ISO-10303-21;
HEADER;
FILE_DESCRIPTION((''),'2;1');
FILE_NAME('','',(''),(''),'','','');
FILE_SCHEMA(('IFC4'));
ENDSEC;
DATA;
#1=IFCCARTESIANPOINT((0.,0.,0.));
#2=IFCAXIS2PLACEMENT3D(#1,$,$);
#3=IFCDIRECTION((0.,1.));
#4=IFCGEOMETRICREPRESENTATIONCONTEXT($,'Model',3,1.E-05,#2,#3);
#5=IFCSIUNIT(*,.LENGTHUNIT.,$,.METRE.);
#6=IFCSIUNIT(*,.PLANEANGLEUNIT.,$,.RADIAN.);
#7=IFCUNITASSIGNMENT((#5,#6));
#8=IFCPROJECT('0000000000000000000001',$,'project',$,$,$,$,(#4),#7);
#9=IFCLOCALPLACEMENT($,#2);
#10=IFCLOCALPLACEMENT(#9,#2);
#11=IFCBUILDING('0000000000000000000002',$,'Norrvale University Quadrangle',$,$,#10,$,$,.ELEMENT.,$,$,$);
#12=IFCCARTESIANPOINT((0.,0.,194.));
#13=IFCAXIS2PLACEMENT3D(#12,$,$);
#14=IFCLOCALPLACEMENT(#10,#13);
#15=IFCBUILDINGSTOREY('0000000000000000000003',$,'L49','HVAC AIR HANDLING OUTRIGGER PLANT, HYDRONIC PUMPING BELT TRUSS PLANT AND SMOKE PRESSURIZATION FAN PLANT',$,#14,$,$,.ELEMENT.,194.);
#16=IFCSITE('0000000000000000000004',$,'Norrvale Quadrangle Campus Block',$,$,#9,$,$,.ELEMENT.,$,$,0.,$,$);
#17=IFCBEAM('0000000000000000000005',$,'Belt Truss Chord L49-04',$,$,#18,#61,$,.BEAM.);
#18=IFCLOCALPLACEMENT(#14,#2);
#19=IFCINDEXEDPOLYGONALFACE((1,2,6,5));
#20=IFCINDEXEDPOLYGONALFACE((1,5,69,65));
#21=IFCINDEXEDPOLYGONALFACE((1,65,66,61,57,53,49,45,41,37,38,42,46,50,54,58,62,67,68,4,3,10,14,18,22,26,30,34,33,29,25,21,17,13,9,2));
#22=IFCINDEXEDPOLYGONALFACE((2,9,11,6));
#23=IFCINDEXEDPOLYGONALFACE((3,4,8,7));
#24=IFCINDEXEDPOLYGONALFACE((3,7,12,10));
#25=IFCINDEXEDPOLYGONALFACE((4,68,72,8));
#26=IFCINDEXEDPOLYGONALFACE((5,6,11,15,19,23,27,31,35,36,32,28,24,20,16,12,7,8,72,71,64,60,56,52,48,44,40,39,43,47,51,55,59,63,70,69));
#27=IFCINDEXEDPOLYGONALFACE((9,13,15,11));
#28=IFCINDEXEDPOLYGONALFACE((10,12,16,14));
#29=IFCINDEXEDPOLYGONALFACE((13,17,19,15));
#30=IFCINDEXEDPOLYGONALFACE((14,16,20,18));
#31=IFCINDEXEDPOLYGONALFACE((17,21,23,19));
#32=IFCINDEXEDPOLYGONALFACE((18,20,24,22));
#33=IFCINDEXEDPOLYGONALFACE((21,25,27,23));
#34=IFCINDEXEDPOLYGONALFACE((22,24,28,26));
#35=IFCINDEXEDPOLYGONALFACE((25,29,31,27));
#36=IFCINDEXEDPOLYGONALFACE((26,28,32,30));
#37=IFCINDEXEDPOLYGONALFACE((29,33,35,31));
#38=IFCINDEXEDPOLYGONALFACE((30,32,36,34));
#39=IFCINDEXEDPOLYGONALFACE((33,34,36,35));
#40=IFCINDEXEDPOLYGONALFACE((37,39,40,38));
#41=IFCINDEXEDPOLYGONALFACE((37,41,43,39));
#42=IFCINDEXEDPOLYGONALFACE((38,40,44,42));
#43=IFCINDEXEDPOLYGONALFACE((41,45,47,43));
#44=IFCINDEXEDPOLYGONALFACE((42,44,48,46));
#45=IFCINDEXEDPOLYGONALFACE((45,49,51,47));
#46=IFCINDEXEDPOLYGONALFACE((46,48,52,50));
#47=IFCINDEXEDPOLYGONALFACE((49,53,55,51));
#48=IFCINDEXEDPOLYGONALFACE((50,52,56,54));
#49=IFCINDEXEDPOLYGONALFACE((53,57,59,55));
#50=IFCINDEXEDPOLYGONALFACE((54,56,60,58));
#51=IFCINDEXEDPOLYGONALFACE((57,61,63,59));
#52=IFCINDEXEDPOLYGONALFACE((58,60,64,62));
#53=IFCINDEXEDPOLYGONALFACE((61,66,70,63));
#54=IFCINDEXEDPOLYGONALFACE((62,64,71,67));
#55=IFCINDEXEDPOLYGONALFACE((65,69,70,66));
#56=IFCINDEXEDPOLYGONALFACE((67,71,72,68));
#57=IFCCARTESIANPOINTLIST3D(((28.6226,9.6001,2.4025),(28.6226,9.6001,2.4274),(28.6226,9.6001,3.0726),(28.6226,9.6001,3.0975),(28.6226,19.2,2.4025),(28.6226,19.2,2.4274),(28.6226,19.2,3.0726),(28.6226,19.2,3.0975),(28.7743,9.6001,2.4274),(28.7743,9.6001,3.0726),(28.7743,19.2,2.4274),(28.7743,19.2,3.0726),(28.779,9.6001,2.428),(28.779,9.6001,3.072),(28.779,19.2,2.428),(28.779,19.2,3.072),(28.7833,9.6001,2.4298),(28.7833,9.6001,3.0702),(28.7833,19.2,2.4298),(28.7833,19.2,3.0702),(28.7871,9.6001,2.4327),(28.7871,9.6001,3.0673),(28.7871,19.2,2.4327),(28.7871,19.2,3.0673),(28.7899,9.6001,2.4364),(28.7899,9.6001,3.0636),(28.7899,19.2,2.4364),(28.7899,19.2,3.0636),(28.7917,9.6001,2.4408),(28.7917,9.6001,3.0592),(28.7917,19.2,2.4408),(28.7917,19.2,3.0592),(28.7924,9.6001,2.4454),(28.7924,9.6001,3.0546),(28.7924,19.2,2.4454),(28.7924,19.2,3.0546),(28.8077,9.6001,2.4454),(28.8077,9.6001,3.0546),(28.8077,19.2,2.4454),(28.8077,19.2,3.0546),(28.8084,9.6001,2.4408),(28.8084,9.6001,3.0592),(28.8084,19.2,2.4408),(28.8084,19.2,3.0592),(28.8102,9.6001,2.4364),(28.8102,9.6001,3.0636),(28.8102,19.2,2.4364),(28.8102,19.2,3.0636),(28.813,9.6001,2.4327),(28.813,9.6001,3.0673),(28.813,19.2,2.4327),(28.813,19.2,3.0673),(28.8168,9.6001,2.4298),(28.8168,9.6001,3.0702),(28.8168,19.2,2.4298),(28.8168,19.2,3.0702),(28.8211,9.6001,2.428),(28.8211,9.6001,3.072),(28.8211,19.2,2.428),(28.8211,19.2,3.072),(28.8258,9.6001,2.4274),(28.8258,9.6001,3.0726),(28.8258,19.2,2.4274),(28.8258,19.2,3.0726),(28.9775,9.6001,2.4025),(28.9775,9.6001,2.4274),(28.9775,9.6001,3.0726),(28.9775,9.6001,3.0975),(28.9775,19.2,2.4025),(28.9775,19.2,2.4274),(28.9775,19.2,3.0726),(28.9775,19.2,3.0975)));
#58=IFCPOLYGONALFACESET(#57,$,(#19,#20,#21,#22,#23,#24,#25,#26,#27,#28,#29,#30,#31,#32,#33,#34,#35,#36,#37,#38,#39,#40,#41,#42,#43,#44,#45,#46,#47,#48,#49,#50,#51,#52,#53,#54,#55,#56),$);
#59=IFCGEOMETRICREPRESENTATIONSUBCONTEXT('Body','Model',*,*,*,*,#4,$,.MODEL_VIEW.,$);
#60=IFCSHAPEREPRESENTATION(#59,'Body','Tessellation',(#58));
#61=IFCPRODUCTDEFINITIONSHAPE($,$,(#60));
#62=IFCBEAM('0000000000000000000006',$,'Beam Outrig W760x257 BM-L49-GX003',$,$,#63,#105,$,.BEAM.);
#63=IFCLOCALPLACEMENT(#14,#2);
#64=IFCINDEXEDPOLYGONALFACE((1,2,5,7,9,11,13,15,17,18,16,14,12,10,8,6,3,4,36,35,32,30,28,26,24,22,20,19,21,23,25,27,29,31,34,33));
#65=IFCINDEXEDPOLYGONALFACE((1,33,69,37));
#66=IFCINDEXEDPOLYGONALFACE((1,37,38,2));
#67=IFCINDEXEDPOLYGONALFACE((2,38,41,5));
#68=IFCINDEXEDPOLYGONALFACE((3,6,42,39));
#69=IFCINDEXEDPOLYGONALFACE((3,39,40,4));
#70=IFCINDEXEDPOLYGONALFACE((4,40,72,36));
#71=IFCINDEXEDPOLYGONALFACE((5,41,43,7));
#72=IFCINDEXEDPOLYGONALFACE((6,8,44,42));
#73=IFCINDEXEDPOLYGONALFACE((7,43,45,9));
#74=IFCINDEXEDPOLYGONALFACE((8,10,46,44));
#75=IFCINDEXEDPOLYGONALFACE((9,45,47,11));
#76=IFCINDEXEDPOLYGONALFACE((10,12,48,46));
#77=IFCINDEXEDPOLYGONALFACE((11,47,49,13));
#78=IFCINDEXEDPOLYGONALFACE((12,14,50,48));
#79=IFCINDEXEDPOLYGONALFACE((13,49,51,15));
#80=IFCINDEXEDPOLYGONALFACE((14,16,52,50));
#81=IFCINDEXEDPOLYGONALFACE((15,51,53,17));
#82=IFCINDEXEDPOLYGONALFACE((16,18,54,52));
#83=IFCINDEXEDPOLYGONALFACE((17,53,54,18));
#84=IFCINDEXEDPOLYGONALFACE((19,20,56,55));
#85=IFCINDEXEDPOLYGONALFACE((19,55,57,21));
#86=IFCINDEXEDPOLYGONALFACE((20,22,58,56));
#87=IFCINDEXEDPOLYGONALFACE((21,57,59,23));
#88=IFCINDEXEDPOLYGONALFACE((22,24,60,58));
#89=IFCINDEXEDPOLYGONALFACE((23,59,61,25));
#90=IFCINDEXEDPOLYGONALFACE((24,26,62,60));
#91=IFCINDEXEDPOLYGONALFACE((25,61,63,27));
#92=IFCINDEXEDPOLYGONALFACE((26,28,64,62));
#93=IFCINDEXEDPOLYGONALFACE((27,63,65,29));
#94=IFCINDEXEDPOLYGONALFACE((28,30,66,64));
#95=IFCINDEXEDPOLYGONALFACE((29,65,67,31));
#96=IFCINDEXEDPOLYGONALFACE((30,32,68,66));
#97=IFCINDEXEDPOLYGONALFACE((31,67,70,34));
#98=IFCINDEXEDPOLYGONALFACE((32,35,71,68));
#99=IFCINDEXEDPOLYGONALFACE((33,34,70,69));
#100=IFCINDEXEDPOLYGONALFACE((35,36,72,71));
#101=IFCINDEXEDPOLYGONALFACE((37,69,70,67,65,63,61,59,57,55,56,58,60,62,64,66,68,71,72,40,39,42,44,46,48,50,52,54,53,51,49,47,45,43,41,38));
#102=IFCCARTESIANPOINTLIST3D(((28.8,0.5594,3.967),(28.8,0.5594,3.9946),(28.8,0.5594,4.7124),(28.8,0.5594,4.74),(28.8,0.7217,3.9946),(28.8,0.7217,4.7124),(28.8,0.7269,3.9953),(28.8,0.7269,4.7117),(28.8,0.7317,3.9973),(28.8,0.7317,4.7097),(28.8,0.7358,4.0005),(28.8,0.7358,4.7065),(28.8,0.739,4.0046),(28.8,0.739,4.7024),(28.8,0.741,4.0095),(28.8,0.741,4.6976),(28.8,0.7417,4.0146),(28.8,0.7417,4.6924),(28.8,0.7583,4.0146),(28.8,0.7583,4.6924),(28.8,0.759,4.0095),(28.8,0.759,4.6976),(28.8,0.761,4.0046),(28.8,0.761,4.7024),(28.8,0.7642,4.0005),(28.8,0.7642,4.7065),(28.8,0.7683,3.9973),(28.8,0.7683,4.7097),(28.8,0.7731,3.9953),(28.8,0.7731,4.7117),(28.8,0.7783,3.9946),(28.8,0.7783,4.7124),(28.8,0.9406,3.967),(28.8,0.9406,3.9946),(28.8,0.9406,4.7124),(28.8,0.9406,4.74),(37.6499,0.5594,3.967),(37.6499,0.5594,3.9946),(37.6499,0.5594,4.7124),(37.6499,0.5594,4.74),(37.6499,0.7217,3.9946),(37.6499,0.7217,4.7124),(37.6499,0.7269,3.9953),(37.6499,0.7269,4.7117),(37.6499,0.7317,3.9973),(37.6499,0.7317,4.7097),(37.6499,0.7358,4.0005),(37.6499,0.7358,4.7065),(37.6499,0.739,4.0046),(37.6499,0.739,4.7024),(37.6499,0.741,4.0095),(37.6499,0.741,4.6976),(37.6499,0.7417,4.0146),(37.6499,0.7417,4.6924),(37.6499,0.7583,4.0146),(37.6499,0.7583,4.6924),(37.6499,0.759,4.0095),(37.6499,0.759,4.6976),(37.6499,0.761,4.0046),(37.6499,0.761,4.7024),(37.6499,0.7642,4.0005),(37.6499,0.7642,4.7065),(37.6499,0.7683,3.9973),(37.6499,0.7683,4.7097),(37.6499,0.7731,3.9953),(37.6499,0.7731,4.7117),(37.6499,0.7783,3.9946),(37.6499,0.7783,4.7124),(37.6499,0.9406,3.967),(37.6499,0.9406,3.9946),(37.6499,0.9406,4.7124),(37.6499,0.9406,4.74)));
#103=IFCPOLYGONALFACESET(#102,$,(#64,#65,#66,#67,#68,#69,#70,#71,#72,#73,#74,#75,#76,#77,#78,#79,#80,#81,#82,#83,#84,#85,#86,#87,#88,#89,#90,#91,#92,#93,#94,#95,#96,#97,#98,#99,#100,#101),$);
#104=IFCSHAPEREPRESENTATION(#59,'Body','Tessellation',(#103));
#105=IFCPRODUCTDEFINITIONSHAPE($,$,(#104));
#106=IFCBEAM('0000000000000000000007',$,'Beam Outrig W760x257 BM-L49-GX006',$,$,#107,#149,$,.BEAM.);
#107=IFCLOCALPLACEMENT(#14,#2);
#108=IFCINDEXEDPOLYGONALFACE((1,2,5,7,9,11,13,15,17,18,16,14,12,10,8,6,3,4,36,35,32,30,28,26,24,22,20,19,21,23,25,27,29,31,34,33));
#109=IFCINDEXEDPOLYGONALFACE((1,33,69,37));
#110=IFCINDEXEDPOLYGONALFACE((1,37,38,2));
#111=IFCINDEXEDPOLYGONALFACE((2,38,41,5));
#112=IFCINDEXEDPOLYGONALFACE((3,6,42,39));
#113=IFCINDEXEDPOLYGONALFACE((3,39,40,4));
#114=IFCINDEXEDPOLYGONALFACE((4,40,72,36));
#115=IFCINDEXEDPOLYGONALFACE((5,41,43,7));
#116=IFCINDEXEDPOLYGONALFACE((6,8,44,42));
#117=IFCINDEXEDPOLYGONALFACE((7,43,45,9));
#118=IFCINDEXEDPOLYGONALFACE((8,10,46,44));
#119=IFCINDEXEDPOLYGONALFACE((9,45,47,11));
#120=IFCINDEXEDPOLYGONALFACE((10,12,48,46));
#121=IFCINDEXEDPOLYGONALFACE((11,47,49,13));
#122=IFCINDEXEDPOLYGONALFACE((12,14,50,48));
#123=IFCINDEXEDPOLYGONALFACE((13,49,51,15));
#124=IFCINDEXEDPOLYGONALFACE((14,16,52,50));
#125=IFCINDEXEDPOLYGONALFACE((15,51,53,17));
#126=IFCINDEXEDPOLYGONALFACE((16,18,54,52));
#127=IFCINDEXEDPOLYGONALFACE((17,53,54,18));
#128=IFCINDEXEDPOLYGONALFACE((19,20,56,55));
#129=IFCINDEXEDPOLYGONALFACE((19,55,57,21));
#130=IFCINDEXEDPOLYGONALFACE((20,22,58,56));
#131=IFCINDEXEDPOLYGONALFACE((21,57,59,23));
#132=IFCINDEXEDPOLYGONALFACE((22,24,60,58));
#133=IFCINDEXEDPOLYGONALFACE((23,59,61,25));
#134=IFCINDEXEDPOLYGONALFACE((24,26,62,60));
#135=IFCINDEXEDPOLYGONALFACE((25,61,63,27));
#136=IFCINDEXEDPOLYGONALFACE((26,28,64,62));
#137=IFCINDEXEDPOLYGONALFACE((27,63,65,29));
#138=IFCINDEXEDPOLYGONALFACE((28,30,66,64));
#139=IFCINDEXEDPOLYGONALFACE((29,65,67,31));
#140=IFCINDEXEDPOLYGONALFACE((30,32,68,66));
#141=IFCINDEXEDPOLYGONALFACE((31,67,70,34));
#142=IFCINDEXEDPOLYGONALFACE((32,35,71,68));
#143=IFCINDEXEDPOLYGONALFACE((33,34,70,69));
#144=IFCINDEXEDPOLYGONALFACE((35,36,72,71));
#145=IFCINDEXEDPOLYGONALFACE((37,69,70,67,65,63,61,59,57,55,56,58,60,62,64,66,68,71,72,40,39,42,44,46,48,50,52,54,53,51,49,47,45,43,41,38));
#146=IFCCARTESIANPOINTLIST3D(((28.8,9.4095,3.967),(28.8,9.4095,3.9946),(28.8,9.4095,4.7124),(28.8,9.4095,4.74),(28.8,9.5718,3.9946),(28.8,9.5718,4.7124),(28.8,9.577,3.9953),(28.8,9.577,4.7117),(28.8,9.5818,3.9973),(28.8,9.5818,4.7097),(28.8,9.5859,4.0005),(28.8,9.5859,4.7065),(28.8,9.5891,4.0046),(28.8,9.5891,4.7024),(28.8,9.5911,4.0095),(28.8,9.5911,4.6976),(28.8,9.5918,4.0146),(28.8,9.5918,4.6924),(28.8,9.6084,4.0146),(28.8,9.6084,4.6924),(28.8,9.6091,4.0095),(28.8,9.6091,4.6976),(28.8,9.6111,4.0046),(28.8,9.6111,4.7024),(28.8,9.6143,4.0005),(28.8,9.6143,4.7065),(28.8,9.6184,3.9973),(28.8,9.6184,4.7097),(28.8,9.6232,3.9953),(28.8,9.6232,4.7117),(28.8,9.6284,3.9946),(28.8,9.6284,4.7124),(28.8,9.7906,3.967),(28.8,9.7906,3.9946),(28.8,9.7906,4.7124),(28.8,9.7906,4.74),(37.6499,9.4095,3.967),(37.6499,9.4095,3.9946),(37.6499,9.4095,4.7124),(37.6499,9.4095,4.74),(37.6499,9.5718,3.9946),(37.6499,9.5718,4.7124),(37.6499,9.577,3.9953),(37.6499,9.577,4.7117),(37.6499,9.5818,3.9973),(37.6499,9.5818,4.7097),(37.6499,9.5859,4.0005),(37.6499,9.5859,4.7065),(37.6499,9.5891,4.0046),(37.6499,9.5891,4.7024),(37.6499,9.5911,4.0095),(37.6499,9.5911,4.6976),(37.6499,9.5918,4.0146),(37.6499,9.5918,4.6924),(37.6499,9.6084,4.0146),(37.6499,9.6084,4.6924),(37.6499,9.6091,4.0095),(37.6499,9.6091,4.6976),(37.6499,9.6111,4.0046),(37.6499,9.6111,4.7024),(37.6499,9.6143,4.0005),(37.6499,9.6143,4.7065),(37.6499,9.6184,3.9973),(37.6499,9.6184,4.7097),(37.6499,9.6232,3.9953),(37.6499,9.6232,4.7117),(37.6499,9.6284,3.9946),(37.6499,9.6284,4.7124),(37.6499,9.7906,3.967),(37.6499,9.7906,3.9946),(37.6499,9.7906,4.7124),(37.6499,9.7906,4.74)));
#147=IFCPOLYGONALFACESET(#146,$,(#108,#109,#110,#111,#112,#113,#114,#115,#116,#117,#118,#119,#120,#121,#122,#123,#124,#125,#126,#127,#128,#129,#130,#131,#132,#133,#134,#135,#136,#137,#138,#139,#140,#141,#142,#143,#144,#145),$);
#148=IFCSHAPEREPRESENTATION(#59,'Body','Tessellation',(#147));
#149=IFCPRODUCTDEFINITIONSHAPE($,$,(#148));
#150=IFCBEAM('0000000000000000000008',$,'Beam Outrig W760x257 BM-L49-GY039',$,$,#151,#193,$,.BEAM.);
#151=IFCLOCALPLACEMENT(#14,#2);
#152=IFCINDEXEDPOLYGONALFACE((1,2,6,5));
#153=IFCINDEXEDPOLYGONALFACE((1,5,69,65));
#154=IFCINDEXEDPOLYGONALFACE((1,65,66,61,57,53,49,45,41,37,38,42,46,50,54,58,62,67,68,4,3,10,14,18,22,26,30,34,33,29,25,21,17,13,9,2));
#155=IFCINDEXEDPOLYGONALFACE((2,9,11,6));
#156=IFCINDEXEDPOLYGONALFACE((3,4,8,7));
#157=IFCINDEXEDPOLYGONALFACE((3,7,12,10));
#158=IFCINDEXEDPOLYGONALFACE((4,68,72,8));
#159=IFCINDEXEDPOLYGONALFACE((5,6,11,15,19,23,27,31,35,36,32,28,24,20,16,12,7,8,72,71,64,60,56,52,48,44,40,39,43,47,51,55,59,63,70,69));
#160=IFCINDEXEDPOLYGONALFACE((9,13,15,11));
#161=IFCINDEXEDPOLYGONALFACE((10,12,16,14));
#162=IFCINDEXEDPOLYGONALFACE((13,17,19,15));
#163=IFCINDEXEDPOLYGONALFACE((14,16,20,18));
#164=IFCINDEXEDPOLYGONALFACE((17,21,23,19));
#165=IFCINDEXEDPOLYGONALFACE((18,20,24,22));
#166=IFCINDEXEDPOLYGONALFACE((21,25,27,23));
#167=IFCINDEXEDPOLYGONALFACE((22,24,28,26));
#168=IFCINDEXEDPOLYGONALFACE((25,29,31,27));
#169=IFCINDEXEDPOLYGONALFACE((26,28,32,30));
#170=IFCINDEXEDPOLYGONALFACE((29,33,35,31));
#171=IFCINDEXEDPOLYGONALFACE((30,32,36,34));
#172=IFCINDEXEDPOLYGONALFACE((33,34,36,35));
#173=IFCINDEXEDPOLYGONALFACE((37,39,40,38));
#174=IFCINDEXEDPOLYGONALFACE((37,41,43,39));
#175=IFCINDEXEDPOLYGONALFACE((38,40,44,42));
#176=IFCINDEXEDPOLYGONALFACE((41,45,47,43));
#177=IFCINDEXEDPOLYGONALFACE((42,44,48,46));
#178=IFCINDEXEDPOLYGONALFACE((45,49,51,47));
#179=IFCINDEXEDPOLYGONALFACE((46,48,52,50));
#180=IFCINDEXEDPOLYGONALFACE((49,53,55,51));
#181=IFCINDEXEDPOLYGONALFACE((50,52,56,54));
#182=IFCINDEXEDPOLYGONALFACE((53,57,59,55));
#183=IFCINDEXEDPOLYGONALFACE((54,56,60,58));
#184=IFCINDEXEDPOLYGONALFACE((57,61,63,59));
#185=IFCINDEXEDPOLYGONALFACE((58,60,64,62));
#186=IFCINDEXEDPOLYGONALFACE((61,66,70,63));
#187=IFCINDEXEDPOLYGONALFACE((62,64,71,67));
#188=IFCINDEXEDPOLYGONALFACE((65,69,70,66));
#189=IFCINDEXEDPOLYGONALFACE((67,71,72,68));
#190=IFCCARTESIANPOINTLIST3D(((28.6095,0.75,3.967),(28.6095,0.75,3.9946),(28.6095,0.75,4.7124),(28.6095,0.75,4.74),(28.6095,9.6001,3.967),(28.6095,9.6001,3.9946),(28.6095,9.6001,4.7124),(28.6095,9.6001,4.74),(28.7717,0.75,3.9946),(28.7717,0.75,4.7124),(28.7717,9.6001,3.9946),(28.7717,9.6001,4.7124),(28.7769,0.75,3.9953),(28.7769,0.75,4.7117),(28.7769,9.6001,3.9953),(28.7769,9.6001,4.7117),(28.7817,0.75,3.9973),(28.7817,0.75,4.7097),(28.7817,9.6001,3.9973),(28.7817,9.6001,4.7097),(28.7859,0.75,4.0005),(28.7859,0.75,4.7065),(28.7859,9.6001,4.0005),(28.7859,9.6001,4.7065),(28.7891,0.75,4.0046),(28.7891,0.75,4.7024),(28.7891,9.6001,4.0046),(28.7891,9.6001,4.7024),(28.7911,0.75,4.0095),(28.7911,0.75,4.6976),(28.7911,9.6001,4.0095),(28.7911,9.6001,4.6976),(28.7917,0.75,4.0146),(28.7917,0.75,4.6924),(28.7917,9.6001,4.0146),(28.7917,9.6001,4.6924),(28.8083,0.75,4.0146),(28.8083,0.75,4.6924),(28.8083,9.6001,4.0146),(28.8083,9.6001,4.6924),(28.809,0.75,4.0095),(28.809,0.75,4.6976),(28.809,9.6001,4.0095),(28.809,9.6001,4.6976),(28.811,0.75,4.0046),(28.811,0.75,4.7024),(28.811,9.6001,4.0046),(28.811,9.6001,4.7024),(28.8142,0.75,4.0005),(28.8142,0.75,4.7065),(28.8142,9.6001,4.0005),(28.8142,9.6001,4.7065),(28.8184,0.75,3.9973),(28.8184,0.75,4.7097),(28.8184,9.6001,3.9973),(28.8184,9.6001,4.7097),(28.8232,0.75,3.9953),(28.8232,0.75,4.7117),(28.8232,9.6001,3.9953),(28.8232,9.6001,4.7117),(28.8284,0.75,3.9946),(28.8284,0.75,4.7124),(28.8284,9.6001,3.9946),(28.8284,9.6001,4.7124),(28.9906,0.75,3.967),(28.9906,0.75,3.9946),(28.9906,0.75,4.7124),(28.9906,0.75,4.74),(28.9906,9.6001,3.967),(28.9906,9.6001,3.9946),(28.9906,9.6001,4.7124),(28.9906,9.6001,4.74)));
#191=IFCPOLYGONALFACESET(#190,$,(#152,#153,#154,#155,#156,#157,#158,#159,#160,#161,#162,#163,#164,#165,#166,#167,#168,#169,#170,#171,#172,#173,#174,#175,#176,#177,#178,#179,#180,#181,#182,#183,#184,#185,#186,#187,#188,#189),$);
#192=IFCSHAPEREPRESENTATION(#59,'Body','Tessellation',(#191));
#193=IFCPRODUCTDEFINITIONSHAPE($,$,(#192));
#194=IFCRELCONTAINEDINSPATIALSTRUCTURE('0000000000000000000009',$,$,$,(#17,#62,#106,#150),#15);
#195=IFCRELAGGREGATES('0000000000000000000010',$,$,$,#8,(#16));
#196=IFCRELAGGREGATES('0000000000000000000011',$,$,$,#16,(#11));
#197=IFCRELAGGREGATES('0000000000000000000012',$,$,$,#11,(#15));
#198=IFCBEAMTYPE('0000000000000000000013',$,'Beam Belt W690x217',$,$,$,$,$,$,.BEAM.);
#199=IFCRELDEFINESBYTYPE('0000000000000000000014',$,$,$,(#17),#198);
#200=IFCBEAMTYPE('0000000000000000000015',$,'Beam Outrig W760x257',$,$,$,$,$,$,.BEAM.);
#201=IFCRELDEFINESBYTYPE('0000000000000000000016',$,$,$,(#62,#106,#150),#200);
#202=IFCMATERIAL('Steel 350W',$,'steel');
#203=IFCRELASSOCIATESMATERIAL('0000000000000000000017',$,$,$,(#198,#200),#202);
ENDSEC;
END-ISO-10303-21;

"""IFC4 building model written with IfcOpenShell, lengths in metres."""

from ifc_helpers import new_model, si_unit, direction, frame, origin, origin_2d, place, context, subcontext, project, spatial, i_section, extrude, material, material_profile, profile_set, type_object, element, save


model = new_model("IFC4")

# Units and contexts
model_context = context("Model", 3, precision=1e-05, world=origin(), true_north=direction((0.0, 1.0)))
body_context = subcontext(model_context, "Body", "Model", "MODEL_VIEW")
ifc_project = project(units=[si_unit("LENGTHUNIT", "METRE"), si_unit("PLANEANGLEUNIT", "RADIAN")], contexts=[model_context])

# Site, building, storey
site_placement = place(None, origin())
site = spatial("IfcSite", under=ifc_project, at=site_placement, Name="Norrvale Quadrangle Campus Block", CompositionType="ELEMENT", RefElevation=0.0)
building_placement = place(site_placement, origin())
building = spatial("IfcBuilding", under=site, at=building_placement, Name="Norrvale University Quadrangle", CompositionType="ELEMENT")
storey_placement = place(building_placement, frame((0.0, 0.0, 194.0)))
storey = spatial("IfcBuildingStorey", under=building, at=storey_placement, Name="L49", Description="HVAC AIR HANDLING OUTRIGGER PLANT, HYDRONIC PUMPING BELT TRUSS PLANT AND SMOKE PRESSURIZATION FAN PLANT", CompositionType="ELEMENT", Elevation=194.0)

# Beams
ifc_material_1 = material(Name="Steel 350W", Category="steel")
ifc_material_profile_1 = material_profile(ifc_material_1, i_section(OverallWidth=0.355, OverallDepth=0.6951, WebThickness=0.0154, FlangeThickness=0.0249, FilletRadius=0.0181, at=origin_2d()), Name="Steel 350W")
ifc_profile_set_1 = profile_set([ifc_material_profile_1], Name="Steel 350W")
beam_type_1 = type_object("IfcBeamType", Name="Beam Belt W690x217", PredefinedType="BEAM", material=ifc_profile_set_1)
beam_1_placement = place(storey_placement, frame((28.8, 9.6001, 2.75), z_axis=(0.0, 1.0, 0.0), x_axis=(-1.0, 0.0, 0.0)))
element("IfcBeam", 1, at=beam_1_placement, inside=storey, type_object=beam_type_1, Name="Belt Truss Chord L49-04", PredefinedType="BEAM", context=body_context, shape_type="SweptSolid", body=[
    extrude(i_section(OverallWidth=0.355, OverallDepth=0.6951, WebThickness=0.0154, FlangeThickness=0.0249, FilletRadius=0.0181, at=origin_2d()), origin(), (0.0, 0.0, 1.0), 9.5999),
])
ifc_material_profile_2 = material_profile(ifc_material_1, i_section(OverallWidth=0.3811, OverallDepth=0.7729, WebThickness=0.0166, FlangeThickness=0.0276, FilletRadius=0.02, at=origin_2d()), Name="Steel 350W")
ifc_profile_set_2 = profile_set([ifc_material_profile_2], Name="Steel 350W")
beam_type_2 = type_object("IfcBeamType", Name="Beam Outrig W760x257", PredefinedType="BEAM", material=ifc_profile_set_2)
for number, where, z_axis, x_axis, name in (
    (2, (28.8, 0.75, 4.3535), (1.0, 0.0, 0.0), (0.0, 1.0, 0.0), "Beam Outrig W760x257 BM-L49-GX003"),
    (3, (28.8, 9.6001, 4.3535), (1.0, 0.0, 0.0), (0.0, 1.0, 0.0), "Beam Outrig W760x257 BM-L49-GX006"),
):
    element("IfcBeam", number, at=place(storey_placement, frame(where, z_axis=z_axis, x_axis=x_axis)), inside=storey, type_object=beam_type_2, Name=name, PredefinedType="BEAM", context=body_context, shape_type="SweptSolid", body=[
        extrude(i_section(OverallWidth=0.3811, OverallDepth=0.7729, WebThickness=0.0166, FlangeThickness=0.0276, FilletRadius=0.02, at=origin_2d()), origin(), (0.0, 0.0, 1.0), 8.8499),
    ])
beam_2_placement = place(storey_placement, frame((28.8, 0.75, 4.3535), z_axis=(0.0, 1.0, 0.0), x_axis=(-1.0, 0.0, 0.0)))
element("IfcBeam", 4, at=beam_2_placement, inside=storey, type_object=beam_type_2, Name="Beam Outrig W760x257 BM-L49-GY039", PredefinedType="BEAM", context=body_context, shape_type="SweptSolid", body=[
    extrude(i_section(OverallWidth=0.3811, OverallDepth=0.7729, WebThickness=0.0166, FlangeThickness=0.0276, FilletRadius=0.02, at=origin_2d()), origin(), (0.0, 0.0, 1.0), 8.8501),
])

save(model, "model.ifc")
